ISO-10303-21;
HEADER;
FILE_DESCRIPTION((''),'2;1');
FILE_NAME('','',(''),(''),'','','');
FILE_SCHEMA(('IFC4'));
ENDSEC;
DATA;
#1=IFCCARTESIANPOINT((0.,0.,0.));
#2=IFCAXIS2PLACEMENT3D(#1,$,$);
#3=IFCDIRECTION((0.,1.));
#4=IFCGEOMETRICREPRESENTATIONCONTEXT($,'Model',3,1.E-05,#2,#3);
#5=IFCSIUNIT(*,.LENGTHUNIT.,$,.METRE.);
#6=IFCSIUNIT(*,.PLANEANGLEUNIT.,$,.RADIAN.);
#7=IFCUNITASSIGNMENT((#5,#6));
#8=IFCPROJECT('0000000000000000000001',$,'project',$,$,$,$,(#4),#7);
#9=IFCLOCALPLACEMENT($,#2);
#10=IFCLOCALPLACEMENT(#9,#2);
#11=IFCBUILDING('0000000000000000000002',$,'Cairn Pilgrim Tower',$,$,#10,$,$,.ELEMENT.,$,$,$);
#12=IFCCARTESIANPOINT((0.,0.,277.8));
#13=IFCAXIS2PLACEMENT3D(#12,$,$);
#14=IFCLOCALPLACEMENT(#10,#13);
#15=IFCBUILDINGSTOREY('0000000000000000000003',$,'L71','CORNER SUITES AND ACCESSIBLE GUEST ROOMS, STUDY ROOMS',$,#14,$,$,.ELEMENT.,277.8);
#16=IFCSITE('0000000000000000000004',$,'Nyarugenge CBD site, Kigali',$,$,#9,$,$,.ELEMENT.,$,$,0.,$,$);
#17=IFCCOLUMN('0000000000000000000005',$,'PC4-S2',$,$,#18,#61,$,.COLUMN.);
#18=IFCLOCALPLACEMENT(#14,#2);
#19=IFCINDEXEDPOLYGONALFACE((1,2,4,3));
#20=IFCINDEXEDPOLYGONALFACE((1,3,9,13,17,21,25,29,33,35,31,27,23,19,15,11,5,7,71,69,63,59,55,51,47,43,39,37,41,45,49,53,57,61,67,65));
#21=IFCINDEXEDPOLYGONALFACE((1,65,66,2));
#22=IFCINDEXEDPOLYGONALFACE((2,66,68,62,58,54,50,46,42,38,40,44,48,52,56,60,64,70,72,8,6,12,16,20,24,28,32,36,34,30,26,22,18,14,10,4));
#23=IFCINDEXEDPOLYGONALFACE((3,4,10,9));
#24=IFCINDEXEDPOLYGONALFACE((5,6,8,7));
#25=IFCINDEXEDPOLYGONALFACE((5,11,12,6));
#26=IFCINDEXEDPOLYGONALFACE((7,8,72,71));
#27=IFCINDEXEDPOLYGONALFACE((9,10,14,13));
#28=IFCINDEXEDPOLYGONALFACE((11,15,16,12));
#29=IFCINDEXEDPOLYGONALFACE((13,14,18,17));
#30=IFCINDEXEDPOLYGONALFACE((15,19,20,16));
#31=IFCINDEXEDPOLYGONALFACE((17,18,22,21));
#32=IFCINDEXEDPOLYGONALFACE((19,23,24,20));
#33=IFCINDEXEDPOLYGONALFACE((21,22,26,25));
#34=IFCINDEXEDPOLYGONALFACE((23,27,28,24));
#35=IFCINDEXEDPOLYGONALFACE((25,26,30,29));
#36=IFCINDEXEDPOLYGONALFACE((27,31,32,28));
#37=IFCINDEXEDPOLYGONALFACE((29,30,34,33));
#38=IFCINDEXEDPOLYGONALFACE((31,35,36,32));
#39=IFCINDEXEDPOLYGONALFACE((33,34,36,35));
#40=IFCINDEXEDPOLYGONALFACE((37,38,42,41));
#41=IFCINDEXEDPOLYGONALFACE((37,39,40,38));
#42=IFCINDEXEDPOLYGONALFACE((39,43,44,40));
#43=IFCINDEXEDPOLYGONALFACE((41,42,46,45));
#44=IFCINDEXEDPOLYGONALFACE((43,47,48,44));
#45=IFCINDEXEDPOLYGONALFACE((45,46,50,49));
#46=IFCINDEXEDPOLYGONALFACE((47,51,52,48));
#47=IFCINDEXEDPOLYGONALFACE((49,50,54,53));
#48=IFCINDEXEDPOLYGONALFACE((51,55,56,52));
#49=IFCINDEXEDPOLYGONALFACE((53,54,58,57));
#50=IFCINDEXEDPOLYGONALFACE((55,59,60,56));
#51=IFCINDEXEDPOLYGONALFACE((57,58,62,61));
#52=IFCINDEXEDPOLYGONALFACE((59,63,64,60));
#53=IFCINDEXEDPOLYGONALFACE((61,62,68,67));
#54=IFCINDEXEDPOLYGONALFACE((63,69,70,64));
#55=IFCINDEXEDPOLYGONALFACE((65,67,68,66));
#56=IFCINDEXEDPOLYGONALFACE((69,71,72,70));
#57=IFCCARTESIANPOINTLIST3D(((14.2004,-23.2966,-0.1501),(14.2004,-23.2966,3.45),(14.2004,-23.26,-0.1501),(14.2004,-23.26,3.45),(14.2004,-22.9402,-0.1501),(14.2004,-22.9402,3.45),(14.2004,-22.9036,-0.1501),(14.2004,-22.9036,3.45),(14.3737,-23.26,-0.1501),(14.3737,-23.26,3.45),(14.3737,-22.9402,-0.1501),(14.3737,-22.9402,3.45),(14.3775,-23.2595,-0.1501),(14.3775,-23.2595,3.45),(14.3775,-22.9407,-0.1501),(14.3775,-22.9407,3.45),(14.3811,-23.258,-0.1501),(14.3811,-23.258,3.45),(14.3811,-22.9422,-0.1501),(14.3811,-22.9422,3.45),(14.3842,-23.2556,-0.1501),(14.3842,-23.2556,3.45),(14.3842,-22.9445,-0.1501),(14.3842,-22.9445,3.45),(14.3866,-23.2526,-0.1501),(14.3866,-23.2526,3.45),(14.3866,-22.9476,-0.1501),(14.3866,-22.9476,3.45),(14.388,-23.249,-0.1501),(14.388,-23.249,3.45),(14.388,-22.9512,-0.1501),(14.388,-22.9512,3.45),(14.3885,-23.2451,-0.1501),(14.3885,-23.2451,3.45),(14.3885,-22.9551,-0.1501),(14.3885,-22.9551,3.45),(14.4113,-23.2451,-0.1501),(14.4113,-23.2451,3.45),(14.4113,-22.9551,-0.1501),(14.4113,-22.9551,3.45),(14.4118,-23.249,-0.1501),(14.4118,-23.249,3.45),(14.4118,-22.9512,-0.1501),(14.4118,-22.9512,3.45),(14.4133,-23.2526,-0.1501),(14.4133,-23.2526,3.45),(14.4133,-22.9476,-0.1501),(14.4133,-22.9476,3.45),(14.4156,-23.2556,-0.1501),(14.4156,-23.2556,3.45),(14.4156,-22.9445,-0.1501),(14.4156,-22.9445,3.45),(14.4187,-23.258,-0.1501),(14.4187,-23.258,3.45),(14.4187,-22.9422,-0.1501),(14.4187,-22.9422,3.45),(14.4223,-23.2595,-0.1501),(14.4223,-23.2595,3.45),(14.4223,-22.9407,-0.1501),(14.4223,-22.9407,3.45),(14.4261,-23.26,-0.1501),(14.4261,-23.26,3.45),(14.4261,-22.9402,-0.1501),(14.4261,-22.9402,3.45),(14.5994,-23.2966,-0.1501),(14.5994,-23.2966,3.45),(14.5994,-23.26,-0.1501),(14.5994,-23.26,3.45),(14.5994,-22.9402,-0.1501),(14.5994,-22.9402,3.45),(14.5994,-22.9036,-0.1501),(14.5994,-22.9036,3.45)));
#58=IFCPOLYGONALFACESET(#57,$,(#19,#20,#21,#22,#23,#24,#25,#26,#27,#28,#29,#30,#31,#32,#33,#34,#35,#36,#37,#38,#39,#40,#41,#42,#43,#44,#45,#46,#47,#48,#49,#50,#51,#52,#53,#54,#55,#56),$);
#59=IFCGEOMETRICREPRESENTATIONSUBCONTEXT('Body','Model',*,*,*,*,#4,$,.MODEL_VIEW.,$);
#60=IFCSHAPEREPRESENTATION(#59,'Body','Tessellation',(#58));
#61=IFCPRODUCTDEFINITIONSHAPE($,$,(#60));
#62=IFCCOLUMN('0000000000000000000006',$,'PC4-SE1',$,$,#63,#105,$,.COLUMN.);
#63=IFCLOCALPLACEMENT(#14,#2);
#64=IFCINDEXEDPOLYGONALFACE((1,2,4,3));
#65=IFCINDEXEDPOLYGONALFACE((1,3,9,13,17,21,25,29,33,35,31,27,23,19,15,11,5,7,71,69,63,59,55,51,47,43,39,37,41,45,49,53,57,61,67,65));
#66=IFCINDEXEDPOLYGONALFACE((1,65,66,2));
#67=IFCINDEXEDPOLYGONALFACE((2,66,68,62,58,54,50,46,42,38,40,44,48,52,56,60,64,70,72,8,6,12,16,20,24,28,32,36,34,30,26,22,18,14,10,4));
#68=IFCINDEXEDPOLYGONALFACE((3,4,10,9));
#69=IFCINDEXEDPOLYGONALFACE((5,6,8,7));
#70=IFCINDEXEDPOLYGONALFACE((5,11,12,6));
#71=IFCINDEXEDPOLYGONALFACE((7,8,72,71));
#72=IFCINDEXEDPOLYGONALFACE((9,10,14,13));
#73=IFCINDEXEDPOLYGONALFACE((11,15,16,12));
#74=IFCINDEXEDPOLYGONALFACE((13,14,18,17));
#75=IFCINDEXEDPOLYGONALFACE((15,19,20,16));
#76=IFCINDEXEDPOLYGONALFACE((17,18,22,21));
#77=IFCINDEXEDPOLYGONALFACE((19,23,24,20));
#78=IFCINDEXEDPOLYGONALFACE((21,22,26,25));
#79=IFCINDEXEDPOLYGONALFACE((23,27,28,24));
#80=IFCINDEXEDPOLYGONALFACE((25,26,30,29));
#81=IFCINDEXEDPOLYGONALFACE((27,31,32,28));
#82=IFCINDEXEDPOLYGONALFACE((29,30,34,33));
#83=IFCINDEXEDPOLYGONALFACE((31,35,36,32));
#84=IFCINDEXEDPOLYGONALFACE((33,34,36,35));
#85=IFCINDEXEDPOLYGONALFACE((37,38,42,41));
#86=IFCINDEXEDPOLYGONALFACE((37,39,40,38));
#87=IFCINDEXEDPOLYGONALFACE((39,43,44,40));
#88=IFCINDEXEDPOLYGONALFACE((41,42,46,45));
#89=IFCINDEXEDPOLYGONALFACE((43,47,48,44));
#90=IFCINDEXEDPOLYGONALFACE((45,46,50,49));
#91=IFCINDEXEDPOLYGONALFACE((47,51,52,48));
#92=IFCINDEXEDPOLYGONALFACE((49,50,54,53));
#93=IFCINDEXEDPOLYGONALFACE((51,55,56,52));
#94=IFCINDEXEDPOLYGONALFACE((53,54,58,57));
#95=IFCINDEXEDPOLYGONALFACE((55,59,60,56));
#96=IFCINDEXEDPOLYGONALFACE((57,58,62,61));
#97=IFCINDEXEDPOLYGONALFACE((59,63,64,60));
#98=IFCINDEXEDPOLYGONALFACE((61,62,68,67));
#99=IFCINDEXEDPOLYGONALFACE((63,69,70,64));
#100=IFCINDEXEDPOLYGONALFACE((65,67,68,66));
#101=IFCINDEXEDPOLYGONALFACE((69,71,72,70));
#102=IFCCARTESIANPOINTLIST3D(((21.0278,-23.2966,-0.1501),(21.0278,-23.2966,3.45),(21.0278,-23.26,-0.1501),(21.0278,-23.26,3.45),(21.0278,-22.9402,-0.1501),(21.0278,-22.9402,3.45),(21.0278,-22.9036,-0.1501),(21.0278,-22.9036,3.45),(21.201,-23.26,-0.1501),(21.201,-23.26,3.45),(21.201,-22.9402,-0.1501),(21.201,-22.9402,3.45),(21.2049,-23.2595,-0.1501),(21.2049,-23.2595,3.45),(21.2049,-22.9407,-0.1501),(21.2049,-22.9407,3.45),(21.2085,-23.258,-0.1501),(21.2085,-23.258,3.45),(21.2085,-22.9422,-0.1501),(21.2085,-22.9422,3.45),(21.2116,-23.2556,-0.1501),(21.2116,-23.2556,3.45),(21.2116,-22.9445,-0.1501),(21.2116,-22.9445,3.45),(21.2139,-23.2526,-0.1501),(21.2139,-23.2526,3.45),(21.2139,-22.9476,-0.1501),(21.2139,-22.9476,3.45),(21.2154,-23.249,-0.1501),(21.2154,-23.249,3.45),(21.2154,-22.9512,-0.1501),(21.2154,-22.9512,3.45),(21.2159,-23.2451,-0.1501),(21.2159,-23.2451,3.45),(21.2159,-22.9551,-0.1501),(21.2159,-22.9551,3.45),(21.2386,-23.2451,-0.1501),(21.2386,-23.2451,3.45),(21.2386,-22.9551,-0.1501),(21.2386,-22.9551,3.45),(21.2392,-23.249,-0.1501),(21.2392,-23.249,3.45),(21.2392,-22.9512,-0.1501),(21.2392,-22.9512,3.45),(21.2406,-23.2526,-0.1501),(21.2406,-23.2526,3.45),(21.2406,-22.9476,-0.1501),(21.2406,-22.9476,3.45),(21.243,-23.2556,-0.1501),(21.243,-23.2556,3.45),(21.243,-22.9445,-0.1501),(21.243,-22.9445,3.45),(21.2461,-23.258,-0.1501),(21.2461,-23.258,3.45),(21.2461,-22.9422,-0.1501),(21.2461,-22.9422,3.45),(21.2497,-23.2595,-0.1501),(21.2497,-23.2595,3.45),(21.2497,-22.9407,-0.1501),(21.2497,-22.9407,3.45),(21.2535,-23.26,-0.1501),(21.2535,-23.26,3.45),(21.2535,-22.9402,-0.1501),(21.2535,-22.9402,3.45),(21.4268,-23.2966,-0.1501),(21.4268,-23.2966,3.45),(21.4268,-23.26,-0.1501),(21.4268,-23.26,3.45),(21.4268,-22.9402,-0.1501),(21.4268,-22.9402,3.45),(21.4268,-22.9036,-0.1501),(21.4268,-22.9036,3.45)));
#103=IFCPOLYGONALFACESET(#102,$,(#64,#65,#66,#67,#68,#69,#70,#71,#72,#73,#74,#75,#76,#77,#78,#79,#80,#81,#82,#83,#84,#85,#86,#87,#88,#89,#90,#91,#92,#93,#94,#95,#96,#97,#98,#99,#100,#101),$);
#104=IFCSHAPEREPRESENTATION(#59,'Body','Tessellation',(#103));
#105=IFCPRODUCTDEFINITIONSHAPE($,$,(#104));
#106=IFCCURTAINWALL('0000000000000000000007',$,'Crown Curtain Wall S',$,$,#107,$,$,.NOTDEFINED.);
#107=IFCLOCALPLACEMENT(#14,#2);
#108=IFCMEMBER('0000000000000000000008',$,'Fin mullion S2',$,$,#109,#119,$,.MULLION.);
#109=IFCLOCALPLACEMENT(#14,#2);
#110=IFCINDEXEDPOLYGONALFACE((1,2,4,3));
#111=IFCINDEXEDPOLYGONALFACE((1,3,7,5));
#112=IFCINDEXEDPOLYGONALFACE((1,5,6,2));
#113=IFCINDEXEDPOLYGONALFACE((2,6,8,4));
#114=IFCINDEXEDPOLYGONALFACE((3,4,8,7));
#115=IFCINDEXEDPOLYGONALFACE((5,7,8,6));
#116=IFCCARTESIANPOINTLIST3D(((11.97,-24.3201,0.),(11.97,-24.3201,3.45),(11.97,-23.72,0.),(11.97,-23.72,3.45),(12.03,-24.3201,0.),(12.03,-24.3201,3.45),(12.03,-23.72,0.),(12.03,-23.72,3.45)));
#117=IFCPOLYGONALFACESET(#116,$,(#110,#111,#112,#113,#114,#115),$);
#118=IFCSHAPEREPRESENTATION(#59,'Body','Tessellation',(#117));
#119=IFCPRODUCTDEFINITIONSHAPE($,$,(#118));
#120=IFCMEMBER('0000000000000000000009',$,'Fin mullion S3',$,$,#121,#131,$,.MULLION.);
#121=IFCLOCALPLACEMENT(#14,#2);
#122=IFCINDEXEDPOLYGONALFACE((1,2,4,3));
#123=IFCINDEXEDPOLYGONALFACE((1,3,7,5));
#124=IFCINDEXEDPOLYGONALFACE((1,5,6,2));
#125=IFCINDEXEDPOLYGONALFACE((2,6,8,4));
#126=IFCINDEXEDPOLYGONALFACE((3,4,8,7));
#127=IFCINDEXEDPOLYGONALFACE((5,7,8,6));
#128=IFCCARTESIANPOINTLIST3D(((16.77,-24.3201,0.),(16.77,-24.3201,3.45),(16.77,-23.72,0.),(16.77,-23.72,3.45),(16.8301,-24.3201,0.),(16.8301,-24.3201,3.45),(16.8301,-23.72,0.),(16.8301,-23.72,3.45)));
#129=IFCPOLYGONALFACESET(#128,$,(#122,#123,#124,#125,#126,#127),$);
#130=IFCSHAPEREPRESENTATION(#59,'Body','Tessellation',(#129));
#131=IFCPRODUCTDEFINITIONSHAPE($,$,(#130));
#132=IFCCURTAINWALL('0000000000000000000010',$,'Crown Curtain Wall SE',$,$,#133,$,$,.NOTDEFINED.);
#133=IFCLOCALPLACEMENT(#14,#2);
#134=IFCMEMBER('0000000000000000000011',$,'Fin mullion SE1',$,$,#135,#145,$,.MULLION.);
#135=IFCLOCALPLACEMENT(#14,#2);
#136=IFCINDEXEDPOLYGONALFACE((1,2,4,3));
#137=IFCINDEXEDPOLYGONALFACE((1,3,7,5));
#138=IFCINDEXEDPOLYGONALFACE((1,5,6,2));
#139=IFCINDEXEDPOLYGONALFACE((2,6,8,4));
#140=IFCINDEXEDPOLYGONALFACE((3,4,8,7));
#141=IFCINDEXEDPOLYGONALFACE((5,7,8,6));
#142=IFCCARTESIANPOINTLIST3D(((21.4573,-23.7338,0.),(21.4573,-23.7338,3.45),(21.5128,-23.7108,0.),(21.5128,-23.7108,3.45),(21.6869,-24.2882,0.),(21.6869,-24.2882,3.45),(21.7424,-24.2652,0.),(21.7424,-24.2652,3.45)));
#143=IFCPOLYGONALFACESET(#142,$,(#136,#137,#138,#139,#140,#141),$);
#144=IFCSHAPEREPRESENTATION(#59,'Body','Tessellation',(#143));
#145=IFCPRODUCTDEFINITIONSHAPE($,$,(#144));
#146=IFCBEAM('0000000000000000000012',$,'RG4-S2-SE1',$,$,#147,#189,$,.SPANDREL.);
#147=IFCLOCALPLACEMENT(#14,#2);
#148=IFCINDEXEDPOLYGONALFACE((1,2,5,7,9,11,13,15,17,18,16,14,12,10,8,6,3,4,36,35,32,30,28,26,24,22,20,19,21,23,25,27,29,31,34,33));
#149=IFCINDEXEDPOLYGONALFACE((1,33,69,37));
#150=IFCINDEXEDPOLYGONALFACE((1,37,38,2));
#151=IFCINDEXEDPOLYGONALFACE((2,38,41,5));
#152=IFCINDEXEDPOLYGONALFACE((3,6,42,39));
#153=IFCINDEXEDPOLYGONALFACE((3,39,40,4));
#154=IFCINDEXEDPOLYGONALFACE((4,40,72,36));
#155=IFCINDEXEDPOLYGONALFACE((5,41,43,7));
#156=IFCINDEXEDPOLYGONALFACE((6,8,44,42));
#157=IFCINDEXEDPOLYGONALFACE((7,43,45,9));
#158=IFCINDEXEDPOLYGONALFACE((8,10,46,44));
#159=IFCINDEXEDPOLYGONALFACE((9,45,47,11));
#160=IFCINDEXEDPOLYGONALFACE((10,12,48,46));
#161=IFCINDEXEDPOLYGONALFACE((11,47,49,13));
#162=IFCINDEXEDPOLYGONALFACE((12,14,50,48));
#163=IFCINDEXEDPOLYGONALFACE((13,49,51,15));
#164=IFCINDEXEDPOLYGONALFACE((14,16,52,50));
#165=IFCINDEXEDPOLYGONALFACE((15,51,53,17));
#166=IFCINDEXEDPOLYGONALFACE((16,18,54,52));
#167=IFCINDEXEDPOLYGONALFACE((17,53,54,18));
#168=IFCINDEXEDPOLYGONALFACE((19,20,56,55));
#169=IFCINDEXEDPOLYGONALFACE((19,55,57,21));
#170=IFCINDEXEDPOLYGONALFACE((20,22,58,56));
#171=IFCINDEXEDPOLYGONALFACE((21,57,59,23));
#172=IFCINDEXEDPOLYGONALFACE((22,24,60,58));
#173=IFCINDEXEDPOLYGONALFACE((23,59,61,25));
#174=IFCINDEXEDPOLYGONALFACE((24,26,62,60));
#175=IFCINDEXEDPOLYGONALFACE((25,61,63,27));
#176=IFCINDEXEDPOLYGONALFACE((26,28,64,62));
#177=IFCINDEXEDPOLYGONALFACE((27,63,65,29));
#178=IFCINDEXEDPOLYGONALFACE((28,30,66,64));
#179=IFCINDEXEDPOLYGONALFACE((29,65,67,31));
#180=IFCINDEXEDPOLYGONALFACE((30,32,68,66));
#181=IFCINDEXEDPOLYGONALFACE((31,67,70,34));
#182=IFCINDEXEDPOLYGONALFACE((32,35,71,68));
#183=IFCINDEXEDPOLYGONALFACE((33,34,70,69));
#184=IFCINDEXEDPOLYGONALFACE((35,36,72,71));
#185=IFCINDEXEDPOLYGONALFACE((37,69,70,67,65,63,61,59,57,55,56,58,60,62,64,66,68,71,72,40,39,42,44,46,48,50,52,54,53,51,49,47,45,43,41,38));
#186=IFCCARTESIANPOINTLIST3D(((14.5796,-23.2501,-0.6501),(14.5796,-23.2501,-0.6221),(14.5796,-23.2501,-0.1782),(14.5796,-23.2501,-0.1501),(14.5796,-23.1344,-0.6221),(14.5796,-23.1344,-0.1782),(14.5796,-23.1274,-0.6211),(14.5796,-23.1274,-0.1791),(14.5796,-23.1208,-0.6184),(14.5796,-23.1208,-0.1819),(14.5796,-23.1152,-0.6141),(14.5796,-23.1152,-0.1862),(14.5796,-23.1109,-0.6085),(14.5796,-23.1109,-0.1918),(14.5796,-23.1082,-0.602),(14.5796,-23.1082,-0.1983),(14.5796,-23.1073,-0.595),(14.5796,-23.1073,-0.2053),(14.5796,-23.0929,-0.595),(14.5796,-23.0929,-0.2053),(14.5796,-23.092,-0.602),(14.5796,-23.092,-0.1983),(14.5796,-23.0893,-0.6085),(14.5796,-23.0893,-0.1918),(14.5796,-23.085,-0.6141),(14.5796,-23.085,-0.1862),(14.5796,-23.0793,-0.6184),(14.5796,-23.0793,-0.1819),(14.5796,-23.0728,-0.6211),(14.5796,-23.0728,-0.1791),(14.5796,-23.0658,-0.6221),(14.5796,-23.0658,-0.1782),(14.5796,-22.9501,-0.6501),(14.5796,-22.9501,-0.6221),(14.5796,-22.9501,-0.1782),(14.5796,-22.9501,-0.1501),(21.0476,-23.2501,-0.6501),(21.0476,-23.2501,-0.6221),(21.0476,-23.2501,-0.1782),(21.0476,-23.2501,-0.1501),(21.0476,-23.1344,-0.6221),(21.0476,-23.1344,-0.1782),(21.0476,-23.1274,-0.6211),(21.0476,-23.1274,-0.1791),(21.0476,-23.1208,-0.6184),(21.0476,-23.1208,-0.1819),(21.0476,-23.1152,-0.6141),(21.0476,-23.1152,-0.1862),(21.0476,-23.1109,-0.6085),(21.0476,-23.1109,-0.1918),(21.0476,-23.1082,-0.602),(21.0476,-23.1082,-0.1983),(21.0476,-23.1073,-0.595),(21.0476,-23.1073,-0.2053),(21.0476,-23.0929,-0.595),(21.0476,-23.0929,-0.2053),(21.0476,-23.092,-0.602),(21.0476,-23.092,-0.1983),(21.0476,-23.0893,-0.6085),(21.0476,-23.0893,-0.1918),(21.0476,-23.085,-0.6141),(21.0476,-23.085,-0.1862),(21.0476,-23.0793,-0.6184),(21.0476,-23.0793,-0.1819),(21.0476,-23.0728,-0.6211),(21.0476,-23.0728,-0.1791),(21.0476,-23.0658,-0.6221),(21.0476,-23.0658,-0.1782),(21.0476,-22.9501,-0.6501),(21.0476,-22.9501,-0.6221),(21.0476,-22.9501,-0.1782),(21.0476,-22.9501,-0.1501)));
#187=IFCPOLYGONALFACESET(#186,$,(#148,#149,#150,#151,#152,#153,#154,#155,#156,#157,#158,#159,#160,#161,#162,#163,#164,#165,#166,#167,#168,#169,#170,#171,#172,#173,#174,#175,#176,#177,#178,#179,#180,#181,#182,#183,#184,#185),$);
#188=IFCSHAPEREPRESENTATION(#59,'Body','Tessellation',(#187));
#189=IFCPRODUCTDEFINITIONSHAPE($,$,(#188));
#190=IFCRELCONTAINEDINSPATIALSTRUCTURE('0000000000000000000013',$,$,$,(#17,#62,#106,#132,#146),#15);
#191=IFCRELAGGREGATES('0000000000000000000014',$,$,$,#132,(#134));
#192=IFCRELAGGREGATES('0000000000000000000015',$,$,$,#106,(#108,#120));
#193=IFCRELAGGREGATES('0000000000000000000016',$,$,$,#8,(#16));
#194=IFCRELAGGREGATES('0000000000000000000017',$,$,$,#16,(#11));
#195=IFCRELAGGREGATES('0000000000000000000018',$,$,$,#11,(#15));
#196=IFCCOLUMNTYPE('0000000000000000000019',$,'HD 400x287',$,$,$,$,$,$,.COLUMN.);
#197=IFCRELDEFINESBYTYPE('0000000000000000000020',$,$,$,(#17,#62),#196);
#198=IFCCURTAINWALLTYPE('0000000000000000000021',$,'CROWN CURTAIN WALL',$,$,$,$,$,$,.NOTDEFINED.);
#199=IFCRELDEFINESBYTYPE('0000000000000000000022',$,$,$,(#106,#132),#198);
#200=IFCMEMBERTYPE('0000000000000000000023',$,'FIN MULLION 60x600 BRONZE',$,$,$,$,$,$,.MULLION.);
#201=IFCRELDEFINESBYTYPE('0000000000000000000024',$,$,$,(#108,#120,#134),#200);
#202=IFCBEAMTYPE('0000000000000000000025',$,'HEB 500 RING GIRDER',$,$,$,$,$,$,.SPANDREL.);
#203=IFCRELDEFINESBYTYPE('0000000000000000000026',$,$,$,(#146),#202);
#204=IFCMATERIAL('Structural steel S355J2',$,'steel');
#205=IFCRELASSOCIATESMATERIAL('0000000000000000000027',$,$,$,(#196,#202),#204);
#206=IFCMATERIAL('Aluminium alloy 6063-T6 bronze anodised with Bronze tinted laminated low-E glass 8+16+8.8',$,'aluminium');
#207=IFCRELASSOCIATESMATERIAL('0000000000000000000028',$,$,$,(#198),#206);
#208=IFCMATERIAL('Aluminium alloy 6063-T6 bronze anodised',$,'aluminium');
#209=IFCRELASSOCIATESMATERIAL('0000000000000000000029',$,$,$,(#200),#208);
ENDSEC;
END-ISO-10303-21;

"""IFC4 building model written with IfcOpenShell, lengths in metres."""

from ifc_helpers import new_model, si_unit, direction, frame, origin, origin_2d, place, context, subcontext, project, spatial, rectangle, i_section, extrude, material, material_profile, profile_set, type_object, element, aggregate, save


model = new_model("IFC4")

# Units and contexts
model_context = context("Model", 3, precision=1e-05, world=origin(), true_north=direction((0.0, 1.0)))
body_context = subcontext(model_context, "Body", "Model", "MODEL_VIEW")
ifc_project = project(units=[si_unit("LENGTHUNIT", "METRE"), si_unit("PLANEANGLEUNIT", "RADIAN")], contexts=[model_context])

# Site, building, storey
site_placement = place(None, origin())
site = spatial("IfcSite", under=ifc_project, at=site_placement, Name="Nyarugenge CBD site, Kigali", CompositionType="ELEMENT", RefElevation=0.0)
building_placement = place(site_placement, origin())
building = spatial("IfcBuilding", under=site, at=building_placement, Name="Cairn Pilgrim Tower", CompositionType="ELEMENT")
storey_placement = place(building_placement, frame((0.0, 0.0, 277.8)))
storey = spatial("IfcBuildingStorey", under=building, at=storey_placement, Name="L71", Description="CORNER SUITES AND ACCESSIBLE GUEST ROOMS, STUDY ROOMS", CompositionType="ELEMENT", Elevation=277.8)

# Columns
ifc_material_1 = material(Name="Structural steel S355J2", Category="steel")
ifc_material_profile_1 = material_profile(ifc_material_1, i_section(OverallWidth=0.3989, OverallDepth=0.3931, WebThickness=0.0227, FlangeThickness=0.0366, FilletRadius=0.0149, at=origin_2d()), Name="HD 400x287")
ifc_profile_set_1 = profile_set([ifc_material_profile_1], Name="Structural steel S355J2")
column_type = type_object("IfcColumnType", Name="HD 400x287", PredefinedType="COLUMN", material=ifc_profile_set_1)
for number, where, z_axis, x_axis, name in (
    (1, (14.3999, -23.1001, -0.1501), (0.0, 0.0, 1.0), (1.0, 0.0, 0.0), "PC4-S2"),
    (2, (21.2273, -23.1001, -0.1501), (0.0, 0.0, 1.0), (1.0, 0.0, 0.0), "PC4-SE1"),
):
    element("IfcColumn", number, at=place(storey_placement, frame(where, z_axis=z_axis, x_axis=x_axis)), inside=storey, type_object=column_type, Name=name, PredefinedType="COLUMN", context=body_context, shape_type="SweptSolid", body=[
        extrude(i_section(OverallWidth=0.3989, OverallDepth=0.3931, WebThickness=0.0227, FlangeThickness=0.0366, FilletRadius=0.0149, at=origin_2d()), origin(), (0.0, 0.0, 1.0), 3.6001),
    ])

# Curtain wall, members
ifc_material_2 = material(Name="Aluminium alloy 6063-T6 bronze anodised with Bronze tinted laminated low-E glass 8+16+8.8", Category="aluminium")
curtain_wall_type = type_object("IfcCurtainWallType", Name="CROWN CURTAIN WALL", PredefinedType="NOTDEFINED", material=ifc_material_2)
curtain_wall_1_placement = place(storey_placement, origin())
curtain_wall_1 = element("IfcCurtainWall", 3, at=curtain_wall_1_placement, inside=storey, type_object=curtain_wall_type, Name="Crown Curtain Wall S", PredefinedType="NOTDEFINED")
ifc_material_3 = material(Name="Aluminium alloy 6063-T6 bronze anodised", Category="aluminium")
ifc_material_profile_2 = material_profile(ifc_material_3, rectangle(XDim=0.6001, YDim=0.0601, at=origin_2d()), Name="FIN MULLION 60x600 BRONZE")
ifc_profile_set_2 = profile_set([ifc_material_profile_2], Name="Aluminium alloy 6063-T6 bronze anodised")
member_type_1 = type_object("IfcMemberType", Name="FIN MULLION 60x600 BRONZE", PredefinedType="MULLION", material=ifc_profile_set_2)
member_1_placement = place(storey_placement, frame((12.0, -24.02, 0.0), z_axis=(0.0, 0.0, 1.0), x_axis=(0.0, -1.0, 0.0)))
member_1 = element("IfcMember", 4, at=member_1_placement, type_object=member_type_1, Name="Fin mullion S2", PredefinedType="MULLION", context=body_context, shape_type="SweptSolid", body=[
    extrude(rectangle(XDim=0.6001, YDim=0.0601, at=origin_2d()), origin(), (0.0, 0.0, 1.0), 3.45),
])
member_2_placement = place(storey_placement, frame((16.8, -24.02, 0.0), z_axis=(0.0, 0.0, 1.0), x_axis=(0.0, -1.0, 0.0)))
member_2 = element("IfcMember", 5, at=member_2_placement, type_object=member_type_1, Name="Fin mullion S3", PredefinedType="MULLION", context=body_context, shape_type="SweptSolid", body=[
    extrude(rectangle(XDim=0.6001, YDim=0.0601, at=origin_2d()), origin(), (0.0, 0.0, 1.0), 3.45),
])

# Curtain wall, member
curtain_wall_2_placement = place(storey_placement, origin())
curtain_wall_2 = element("IfcCurtainWall", 6, at=curtain_wall_2_placement, inside=storey, type_object=curtain_wall_type, Name="Crown Curtain Wall SE", PredefinedType="NOTDEFINED")
member_3_placement = place(storey_placement, frame((21.5999, -23.9995, 0.0), z_axis=(0.0, 0.0, 1.0), x_axis=(0.382683, -0.92388, 0.0)))
member_3 = element("IfcMember", 7, at=member_3_placement, type_object=member_type_1, Name="Fin mullion SE1", PredefinedType="MULLION", context=body_context, shape_type="SweptSolid", body=[
    extrude(rectangle(XDim=0.6001, YDim=0.0601, at=origin_2d()), origin(), (0.0, 0.0, 1.0), 3.45),
])

# Beam
ifc_material_profile_3 = material_profile(ifc_material_1, i_section(OverallWidth=0.3, OverallDepth=0.5, WebThickness=0.0144, FlangeThickness=0.0281, FilletRadius=0.0271, at=origin_2d()), Name="HEB 500")
ifc_profile_set_3 = profile_set([ifc_material_profile_3], Name="Structural steel S355J2")
beam_type_1 = type_object("IfcBeamType", Name="HEB 500 RING GIRDER", PredefinedType="SPANDREL", material=ifc_profile_set_3)
beam_1_placement = place(storey_placement, frame((14.5796, -23.1001, -0.4001), z_axis=(1.0, 0.0, 0.0), x_axis=(0.0, 1.0, 0.0)))
element("IfcBeam", 8, at=beam_1_placement, inside=storey, type_object=beam_type_1, Name="RG4-S2-SE1", PredefinedType="SPANDREL", context=body_context, shape_type="SweptSolid", body=[
    extrude(i_section(OverallWidth=0.3, OverallDepth=0.5, WebThickness=0.0144, FlangeThickness=0.0281, FilletRadius=0.0271, at=origin_2d()), origin(), (0.0, 0.0, 1.0), 6.468),
])

aggregate(curtain_wall_2, [member_3])
aggregate(curtain_wall_1, [member_1, member_2])

save(model, "model.ifc")
